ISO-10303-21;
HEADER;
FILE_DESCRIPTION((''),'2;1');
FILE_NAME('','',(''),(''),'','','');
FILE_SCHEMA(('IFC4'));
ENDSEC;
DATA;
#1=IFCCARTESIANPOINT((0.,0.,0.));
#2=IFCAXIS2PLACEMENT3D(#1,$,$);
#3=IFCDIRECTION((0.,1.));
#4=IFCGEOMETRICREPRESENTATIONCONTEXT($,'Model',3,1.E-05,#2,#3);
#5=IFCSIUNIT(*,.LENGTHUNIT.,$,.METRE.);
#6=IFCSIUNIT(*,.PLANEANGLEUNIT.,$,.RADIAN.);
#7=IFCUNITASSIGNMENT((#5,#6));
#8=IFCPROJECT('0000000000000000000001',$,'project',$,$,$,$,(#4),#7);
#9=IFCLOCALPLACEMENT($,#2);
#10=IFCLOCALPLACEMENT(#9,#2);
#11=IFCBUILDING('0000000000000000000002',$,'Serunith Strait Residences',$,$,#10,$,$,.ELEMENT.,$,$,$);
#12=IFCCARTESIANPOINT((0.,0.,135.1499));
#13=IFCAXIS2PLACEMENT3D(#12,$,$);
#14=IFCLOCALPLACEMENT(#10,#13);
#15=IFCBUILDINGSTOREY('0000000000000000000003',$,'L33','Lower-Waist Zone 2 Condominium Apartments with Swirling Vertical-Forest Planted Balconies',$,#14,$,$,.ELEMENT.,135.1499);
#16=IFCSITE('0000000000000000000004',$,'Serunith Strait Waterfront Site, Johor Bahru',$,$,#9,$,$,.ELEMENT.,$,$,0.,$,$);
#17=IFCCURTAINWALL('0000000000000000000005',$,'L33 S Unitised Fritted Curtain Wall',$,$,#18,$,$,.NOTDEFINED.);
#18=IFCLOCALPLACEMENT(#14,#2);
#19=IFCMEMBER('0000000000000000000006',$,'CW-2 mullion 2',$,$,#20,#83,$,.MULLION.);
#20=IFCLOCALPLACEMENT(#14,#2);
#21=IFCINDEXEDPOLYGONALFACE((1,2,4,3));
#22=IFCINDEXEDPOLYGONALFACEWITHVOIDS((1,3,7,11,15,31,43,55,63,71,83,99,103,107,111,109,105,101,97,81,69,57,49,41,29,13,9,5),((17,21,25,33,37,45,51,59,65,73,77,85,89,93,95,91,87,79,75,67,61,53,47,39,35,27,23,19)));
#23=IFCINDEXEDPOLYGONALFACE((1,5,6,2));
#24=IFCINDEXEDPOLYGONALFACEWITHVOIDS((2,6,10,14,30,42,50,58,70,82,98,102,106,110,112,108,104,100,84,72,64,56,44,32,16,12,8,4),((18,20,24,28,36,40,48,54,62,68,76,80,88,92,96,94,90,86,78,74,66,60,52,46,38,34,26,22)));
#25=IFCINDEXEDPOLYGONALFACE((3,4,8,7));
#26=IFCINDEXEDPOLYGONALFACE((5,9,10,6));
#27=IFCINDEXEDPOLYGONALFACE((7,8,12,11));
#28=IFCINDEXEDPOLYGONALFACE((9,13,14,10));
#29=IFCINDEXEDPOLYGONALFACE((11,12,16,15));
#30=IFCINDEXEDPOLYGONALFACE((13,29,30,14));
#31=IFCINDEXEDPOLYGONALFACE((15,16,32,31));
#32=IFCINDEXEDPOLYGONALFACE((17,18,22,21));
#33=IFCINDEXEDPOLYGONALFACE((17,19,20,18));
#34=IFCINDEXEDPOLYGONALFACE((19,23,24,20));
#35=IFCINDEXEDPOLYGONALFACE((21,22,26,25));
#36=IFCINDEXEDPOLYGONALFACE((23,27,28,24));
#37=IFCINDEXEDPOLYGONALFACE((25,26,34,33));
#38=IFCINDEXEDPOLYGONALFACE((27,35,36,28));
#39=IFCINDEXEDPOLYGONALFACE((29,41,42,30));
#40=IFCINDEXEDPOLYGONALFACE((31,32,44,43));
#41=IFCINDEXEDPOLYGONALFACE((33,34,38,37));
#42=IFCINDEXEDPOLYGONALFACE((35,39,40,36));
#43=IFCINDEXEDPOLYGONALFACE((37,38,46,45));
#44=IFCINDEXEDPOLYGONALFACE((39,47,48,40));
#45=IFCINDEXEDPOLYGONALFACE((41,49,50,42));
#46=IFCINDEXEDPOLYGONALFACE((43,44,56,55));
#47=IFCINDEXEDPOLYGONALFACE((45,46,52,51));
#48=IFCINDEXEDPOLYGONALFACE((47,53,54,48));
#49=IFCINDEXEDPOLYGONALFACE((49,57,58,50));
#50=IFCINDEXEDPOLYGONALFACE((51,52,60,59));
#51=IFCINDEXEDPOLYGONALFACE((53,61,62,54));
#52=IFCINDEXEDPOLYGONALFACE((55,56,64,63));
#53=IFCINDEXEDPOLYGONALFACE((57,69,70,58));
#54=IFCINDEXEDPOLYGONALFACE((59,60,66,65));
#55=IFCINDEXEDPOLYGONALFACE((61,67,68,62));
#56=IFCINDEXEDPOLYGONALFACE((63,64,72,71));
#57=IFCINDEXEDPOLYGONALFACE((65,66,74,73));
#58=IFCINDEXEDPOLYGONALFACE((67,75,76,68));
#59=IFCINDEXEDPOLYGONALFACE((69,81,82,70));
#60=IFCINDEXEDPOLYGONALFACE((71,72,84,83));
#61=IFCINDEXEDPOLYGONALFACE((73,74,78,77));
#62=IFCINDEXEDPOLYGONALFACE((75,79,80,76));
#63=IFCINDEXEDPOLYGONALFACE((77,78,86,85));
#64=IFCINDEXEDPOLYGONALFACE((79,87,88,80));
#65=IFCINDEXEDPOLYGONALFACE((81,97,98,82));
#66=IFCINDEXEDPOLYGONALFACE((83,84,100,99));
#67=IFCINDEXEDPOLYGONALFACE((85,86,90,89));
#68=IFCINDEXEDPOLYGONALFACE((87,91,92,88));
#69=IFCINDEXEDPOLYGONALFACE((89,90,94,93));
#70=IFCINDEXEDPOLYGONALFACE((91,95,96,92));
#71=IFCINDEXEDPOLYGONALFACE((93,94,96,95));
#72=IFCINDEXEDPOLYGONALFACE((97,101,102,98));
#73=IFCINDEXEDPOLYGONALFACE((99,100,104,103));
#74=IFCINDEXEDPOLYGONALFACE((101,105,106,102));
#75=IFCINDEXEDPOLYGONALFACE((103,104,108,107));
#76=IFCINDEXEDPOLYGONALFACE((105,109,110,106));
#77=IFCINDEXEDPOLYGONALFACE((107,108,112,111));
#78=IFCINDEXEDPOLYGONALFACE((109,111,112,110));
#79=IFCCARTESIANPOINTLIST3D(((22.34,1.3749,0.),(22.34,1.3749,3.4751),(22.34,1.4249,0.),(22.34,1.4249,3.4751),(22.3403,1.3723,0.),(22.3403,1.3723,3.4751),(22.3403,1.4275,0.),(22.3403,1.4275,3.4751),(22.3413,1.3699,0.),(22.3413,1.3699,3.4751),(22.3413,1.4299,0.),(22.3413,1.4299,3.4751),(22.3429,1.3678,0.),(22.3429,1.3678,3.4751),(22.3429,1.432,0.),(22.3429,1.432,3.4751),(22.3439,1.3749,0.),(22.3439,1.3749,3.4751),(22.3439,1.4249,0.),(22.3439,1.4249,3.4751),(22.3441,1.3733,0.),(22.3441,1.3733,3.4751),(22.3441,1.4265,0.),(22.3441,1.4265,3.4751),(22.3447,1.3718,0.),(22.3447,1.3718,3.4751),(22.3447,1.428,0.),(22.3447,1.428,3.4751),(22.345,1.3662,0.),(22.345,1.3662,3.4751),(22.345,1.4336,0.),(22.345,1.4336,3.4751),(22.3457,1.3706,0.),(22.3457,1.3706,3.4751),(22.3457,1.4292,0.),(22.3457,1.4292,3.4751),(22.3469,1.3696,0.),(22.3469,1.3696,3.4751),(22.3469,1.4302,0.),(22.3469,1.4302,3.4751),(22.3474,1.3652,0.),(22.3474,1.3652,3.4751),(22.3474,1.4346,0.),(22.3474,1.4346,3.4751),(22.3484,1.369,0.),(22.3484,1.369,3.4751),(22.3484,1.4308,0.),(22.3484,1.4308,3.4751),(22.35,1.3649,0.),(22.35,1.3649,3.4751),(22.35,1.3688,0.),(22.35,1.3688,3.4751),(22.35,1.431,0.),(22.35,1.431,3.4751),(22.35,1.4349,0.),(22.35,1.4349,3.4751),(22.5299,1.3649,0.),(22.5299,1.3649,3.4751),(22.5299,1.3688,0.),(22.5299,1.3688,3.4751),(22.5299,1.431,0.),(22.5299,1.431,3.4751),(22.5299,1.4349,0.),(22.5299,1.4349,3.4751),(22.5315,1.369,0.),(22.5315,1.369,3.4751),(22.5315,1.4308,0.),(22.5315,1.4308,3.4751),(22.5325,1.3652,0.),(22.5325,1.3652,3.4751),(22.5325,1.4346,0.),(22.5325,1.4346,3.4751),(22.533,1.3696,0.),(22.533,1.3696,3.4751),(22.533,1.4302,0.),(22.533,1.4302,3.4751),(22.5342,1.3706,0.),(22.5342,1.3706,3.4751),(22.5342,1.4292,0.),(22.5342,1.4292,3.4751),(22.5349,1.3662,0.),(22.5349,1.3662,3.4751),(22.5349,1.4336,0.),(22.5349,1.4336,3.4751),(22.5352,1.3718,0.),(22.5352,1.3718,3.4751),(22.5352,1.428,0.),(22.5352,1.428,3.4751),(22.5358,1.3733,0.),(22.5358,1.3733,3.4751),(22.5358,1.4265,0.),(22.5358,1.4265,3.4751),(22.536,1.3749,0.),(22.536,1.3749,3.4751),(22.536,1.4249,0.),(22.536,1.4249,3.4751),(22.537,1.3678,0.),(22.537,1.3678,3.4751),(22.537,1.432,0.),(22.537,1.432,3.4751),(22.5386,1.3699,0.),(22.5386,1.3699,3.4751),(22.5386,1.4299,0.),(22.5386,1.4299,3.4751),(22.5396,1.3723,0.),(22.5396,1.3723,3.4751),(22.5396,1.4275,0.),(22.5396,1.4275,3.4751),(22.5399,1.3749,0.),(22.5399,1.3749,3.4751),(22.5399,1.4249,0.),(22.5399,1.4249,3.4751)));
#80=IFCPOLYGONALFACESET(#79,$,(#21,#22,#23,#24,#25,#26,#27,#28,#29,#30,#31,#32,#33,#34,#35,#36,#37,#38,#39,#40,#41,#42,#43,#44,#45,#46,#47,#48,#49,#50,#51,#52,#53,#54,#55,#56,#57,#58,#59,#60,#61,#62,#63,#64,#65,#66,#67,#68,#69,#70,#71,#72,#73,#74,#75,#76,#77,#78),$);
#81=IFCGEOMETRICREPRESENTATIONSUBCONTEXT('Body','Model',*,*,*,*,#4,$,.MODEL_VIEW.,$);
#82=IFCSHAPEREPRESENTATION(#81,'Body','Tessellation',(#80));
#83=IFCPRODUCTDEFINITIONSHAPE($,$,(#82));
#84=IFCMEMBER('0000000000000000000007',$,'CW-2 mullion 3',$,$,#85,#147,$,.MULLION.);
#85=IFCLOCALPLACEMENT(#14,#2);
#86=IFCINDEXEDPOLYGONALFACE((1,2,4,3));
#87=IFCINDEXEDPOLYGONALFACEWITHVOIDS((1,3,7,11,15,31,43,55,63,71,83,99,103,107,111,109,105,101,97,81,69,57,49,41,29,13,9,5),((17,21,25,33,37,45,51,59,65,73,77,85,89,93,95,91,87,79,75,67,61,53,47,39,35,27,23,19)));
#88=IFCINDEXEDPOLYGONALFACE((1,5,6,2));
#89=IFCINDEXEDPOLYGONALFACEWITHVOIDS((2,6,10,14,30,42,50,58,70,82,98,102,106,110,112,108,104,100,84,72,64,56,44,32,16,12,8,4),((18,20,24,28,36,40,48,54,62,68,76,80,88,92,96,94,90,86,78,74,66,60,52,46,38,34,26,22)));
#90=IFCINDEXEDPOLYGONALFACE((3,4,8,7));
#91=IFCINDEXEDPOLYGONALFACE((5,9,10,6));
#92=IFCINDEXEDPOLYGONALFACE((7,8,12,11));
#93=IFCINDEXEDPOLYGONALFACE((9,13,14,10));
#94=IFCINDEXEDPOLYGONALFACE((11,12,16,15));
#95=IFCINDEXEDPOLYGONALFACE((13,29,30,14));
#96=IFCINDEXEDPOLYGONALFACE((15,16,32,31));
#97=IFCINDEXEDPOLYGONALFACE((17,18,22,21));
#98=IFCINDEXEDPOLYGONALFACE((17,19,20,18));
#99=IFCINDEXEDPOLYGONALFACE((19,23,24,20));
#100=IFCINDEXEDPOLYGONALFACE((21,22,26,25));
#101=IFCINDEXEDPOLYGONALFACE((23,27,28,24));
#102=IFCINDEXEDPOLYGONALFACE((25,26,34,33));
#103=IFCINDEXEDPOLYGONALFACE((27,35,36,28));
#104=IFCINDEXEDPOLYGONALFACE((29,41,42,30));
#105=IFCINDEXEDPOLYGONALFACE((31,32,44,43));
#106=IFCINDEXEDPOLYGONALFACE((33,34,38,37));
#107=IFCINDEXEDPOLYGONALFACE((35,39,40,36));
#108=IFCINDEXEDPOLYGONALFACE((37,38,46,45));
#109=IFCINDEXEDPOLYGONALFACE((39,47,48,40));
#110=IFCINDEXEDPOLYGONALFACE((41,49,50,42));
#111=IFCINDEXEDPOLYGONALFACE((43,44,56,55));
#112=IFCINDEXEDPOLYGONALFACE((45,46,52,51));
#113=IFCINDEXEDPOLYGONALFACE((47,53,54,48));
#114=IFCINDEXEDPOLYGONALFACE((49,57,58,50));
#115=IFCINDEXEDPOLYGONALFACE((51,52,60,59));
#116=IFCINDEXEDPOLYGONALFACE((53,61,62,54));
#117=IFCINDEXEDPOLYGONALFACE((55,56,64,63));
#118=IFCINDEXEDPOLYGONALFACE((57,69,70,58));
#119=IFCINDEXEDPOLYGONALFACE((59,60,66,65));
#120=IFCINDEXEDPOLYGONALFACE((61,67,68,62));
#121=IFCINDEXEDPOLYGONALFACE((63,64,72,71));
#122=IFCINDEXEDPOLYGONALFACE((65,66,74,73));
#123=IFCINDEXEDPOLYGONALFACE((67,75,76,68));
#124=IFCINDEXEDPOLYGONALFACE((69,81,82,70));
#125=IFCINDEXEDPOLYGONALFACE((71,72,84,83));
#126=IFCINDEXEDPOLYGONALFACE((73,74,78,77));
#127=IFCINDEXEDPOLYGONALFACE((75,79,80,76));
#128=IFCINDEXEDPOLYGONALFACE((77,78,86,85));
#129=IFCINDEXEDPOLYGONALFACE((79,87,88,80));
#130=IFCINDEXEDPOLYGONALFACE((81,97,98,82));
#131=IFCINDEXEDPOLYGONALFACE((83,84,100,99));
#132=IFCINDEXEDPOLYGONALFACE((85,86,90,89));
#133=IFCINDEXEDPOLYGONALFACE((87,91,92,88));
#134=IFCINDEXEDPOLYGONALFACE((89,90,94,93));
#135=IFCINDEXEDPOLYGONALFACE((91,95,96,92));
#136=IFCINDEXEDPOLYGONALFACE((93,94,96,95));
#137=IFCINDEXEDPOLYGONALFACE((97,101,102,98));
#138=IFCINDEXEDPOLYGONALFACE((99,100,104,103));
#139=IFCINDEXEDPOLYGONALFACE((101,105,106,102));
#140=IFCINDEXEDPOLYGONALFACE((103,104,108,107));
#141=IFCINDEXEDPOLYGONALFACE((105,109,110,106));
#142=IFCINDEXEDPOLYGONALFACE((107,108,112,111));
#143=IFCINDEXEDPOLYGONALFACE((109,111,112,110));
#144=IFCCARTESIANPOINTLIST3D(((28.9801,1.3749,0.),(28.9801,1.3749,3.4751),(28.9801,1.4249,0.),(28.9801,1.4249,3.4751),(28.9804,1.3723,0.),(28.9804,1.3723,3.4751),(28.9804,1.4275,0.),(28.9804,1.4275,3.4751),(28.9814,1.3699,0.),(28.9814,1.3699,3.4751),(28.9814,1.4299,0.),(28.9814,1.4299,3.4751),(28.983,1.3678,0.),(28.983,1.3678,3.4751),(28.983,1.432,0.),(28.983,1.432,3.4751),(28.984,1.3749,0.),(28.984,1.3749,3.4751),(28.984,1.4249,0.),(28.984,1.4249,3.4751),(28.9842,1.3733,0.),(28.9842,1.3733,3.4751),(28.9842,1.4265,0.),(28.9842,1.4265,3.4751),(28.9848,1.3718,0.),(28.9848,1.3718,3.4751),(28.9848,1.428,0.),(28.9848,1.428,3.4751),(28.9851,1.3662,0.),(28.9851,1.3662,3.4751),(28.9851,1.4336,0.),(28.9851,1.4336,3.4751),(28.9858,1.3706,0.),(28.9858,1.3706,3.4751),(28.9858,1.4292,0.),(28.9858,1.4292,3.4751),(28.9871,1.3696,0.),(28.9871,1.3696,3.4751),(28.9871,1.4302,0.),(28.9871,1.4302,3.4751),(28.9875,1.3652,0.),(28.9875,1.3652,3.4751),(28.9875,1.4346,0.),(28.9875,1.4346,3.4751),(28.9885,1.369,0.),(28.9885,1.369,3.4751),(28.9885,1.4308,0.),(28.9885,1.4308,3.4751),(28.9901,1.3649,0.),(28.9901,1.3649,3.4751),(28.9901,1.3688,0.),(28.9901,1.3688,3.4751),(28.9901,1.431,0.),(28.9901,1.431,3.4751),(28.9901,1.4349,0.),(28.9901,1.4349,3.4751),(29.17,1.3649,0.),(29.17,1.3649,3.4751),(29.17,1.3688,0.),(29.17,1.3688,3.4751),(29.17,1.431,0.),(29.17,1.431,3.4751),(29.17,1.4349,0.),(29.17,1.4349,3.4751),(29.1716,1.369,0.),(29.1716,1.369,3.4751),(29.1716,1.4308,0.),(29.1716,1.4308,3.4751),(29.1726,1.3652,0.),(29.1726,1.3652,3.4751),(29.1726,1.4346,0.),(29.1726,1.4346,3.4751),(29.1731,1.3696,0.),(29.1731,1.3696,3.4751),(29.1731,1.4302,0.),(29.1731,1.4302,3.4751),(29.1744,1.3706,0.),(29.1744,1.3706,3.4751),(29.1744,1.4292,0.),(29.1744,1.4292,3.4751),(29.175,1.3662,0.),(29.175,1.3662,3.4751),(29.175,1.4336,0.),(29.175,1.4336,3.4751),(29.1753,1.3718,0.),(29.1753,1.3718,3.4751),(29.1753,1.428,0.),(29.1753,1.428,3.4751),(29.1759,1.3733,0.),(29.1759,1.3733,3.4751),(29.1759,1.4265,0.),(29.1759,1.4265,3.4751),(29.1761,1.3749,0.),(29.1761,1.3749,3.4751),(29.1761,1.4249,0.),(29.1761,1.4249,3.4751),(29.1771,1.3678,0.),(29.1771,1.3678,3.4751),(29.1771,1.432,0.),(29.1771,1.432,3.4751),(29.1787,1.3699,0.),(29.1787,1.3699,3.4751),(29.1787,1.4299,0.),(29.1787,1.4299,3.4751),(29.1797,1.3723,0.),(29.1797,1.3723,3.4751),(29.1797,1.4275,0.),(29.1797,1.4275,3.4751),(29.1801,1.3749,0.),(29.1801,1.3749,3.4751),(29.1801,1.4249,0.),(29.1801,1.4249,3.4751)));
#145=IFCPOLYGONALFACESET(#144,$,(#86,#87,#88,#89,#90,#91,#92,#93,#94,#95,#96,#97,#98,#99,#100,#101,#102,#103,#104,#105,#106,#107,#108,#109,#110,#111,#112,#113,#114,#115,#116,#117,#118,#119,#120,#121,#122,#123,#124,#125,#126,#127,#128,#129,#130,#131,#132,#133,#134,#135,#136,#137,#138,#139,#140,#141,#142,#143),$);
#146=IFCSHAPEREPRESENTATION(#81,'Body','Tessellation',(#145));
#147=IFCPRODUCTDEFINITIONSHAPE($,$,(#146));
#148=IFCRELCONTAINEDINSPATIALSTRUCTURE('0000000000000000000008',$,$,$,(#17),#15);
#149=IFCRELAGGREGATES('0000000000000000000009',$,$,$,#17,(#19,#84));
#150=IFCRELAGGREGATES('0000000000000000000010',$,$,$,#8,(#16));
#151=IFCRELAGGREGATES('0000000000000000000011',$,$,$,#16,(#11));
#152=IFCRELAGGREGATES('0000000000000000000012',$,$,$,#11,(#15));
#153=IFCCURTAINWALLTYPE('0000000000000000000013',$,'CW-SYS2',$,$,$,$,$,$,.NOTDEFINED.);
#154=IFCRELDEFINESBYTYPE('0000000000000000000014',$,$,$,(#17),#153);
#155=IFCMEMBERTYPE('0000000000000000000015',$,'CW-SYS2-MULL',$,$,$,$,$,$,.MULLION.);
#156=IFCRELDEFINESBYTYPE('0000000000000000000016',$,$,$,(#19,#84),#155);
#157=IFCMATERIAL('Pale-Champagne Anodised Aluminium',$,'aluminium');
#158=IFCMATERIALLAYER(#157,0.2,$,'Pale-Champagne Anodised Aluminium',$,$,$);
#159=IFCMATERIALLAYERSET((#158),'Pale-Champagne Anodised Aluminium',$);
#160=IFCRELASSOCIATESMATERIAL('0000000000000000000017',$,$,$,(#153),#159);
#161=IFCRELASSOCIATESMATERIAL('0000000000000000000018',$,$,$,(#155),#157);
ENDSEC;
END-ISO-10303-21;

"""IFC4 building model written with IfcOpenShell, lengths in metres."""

from ifc_helpers import new_model, si_unit, direction, frame, origin, origin_2d, place, context, subcontext, project, spatial, hollow_rectangle, extrude, source, transform, mapped, material, layer, layer_set, material_profile, profile_set, type_object, element, aggregate, save


model = new_model("IFC4")

# Units and contexts
model_context = context("Model", 3, precision=1e-05, world=origin(), true_north=direction((0.0, 1.0)))
body_context = subcontext(model_context, "Body", "Model", "MODEL_VIEW")
ifc_project = project(units=[si_unit("LENGTHUNIT", "METRE"), si_unit("PLANEANGLEUNIT", "RADIAN")], contexts=[model_context])

# Site, building, storey
site_placement = place(None, origin())
site = spatial("IfcSite", under=ifc_project, at=site_placement, Name="Serunith Strait Waterfront Site, Johor Bahru", CompositionType="ELEMENT", RefElevation=0.0)
building_placement = place(site_placement, origin())
building = spatial("IfcBuilding", under=site, at=building_placement, Name="Serunith Strait Residences", CompositionType="ELEMENT")
storey_placement = place(building_placement, frame((0.0, 0.0, 135.1499)))
storey = spatial("IfcBuildingStorey", under=building, at=storey_placement, Name="L33", Description="Lower-Waist Zone 2 Condominium Apartments with Swirling Vertical-Forest Planted Balconies", CompositionType="ELEMENT", Elevation=135.1499)

# Curtain wall, members
ifc_material_1 = material(Name="Pale-Champagne Anodised Aluminium", Category="aluminium")
ifc_layer_1 = layer(ifc_material_1, 0.2, Name="Pale-Champagne Anodised Aluminium")
ifc_layer_set_1 = layer_set([ifc_layer_1], Name="Pale-Champagne Anodised Aluminium")
curtain_wall_type = type_object("IfcCurtainWallType", Name="CW-SYS2", PredefinedType="NOTDEFINED", material=ifc_layer_set_1)
curtain_wall_placement = place(storey_placement, origin())
curtain_wall = element("IfcCurtainWall", 1, at=curtain_wall_placement, inside=storey, type_object=curtain_wall_type, Name="L33 S Unitised Fritted Curtain Wall", PredefinedType="NOTDEFINED")
ifc_material_profile_1 = material_profile(ifc_material_1, hollow_rectangle(XDim=0.0701, YDim=0.2, WallThickness=0.0039, InnerFilletRadius=0.0061, OuterFilletRadius=0.01, at=origin_2d()), Name="ALU 200x70x4")
ifc_profile_set_1 = profile_set([ifc_material_profile_1], Name="Pale-Champagne Anodised Aluminium")
member_type_1 = type_object("IfcMemberType", Name="CW-SYS2-MULL", PredefinedType="MULLION", material=ifc_profile_set_1)
shared_shape_1 = source(origin(), body_context, "Body", "SweptSolid", [
    extrude(hollow_rectangle(XDim=0.0701, YDim=0.2, WallThickness=0.0039, InnerFilletRadius=0.0061, OuterFilletRadius=0.01, at=origin_2d()), origin(), (0.0, 0.0, 1.0), 3.4751),
])
member_1_placement = place(storey_placement, frame((22.4399, 1.3999, 0.0), z_axis=(0.0, 0.0, 1.0), x_axis=(0.0, 1.0, 0.0)))
member_1 = element("IfcMember", 2, at=member_1_placement, type_object=member_type_1, Name="CW-2 mullion 2", PredefinedType="MULLION", context=body_context, shape_type="MappedRepresentation", body=[
    mapped(shared_shape_1, transform((0.0, 0.0, 0.0), scale=1.0)),
])
member_2_placement = place(storey_placement, frame((29.0801, 1.3999, 0.0), z_axis=(0.0, 0.0, 1.0), x_axis=(0.0, 1.0, 0.0)))
member_2 = element("IfcMember", 3, at=member_2_placement, type_object=member_type_1, Name="CW-2 mullion 3", PredefinedType="MULLION", context=body_context, shape_type="MappedRepresentation", body=[
    mapped(shared_shape_1, transform((0.0, 0.0, 0.0), scale=1.0)),
])
aggregate(curtain_wall, [member_1, member_2])

save(model, "model.ifc")
